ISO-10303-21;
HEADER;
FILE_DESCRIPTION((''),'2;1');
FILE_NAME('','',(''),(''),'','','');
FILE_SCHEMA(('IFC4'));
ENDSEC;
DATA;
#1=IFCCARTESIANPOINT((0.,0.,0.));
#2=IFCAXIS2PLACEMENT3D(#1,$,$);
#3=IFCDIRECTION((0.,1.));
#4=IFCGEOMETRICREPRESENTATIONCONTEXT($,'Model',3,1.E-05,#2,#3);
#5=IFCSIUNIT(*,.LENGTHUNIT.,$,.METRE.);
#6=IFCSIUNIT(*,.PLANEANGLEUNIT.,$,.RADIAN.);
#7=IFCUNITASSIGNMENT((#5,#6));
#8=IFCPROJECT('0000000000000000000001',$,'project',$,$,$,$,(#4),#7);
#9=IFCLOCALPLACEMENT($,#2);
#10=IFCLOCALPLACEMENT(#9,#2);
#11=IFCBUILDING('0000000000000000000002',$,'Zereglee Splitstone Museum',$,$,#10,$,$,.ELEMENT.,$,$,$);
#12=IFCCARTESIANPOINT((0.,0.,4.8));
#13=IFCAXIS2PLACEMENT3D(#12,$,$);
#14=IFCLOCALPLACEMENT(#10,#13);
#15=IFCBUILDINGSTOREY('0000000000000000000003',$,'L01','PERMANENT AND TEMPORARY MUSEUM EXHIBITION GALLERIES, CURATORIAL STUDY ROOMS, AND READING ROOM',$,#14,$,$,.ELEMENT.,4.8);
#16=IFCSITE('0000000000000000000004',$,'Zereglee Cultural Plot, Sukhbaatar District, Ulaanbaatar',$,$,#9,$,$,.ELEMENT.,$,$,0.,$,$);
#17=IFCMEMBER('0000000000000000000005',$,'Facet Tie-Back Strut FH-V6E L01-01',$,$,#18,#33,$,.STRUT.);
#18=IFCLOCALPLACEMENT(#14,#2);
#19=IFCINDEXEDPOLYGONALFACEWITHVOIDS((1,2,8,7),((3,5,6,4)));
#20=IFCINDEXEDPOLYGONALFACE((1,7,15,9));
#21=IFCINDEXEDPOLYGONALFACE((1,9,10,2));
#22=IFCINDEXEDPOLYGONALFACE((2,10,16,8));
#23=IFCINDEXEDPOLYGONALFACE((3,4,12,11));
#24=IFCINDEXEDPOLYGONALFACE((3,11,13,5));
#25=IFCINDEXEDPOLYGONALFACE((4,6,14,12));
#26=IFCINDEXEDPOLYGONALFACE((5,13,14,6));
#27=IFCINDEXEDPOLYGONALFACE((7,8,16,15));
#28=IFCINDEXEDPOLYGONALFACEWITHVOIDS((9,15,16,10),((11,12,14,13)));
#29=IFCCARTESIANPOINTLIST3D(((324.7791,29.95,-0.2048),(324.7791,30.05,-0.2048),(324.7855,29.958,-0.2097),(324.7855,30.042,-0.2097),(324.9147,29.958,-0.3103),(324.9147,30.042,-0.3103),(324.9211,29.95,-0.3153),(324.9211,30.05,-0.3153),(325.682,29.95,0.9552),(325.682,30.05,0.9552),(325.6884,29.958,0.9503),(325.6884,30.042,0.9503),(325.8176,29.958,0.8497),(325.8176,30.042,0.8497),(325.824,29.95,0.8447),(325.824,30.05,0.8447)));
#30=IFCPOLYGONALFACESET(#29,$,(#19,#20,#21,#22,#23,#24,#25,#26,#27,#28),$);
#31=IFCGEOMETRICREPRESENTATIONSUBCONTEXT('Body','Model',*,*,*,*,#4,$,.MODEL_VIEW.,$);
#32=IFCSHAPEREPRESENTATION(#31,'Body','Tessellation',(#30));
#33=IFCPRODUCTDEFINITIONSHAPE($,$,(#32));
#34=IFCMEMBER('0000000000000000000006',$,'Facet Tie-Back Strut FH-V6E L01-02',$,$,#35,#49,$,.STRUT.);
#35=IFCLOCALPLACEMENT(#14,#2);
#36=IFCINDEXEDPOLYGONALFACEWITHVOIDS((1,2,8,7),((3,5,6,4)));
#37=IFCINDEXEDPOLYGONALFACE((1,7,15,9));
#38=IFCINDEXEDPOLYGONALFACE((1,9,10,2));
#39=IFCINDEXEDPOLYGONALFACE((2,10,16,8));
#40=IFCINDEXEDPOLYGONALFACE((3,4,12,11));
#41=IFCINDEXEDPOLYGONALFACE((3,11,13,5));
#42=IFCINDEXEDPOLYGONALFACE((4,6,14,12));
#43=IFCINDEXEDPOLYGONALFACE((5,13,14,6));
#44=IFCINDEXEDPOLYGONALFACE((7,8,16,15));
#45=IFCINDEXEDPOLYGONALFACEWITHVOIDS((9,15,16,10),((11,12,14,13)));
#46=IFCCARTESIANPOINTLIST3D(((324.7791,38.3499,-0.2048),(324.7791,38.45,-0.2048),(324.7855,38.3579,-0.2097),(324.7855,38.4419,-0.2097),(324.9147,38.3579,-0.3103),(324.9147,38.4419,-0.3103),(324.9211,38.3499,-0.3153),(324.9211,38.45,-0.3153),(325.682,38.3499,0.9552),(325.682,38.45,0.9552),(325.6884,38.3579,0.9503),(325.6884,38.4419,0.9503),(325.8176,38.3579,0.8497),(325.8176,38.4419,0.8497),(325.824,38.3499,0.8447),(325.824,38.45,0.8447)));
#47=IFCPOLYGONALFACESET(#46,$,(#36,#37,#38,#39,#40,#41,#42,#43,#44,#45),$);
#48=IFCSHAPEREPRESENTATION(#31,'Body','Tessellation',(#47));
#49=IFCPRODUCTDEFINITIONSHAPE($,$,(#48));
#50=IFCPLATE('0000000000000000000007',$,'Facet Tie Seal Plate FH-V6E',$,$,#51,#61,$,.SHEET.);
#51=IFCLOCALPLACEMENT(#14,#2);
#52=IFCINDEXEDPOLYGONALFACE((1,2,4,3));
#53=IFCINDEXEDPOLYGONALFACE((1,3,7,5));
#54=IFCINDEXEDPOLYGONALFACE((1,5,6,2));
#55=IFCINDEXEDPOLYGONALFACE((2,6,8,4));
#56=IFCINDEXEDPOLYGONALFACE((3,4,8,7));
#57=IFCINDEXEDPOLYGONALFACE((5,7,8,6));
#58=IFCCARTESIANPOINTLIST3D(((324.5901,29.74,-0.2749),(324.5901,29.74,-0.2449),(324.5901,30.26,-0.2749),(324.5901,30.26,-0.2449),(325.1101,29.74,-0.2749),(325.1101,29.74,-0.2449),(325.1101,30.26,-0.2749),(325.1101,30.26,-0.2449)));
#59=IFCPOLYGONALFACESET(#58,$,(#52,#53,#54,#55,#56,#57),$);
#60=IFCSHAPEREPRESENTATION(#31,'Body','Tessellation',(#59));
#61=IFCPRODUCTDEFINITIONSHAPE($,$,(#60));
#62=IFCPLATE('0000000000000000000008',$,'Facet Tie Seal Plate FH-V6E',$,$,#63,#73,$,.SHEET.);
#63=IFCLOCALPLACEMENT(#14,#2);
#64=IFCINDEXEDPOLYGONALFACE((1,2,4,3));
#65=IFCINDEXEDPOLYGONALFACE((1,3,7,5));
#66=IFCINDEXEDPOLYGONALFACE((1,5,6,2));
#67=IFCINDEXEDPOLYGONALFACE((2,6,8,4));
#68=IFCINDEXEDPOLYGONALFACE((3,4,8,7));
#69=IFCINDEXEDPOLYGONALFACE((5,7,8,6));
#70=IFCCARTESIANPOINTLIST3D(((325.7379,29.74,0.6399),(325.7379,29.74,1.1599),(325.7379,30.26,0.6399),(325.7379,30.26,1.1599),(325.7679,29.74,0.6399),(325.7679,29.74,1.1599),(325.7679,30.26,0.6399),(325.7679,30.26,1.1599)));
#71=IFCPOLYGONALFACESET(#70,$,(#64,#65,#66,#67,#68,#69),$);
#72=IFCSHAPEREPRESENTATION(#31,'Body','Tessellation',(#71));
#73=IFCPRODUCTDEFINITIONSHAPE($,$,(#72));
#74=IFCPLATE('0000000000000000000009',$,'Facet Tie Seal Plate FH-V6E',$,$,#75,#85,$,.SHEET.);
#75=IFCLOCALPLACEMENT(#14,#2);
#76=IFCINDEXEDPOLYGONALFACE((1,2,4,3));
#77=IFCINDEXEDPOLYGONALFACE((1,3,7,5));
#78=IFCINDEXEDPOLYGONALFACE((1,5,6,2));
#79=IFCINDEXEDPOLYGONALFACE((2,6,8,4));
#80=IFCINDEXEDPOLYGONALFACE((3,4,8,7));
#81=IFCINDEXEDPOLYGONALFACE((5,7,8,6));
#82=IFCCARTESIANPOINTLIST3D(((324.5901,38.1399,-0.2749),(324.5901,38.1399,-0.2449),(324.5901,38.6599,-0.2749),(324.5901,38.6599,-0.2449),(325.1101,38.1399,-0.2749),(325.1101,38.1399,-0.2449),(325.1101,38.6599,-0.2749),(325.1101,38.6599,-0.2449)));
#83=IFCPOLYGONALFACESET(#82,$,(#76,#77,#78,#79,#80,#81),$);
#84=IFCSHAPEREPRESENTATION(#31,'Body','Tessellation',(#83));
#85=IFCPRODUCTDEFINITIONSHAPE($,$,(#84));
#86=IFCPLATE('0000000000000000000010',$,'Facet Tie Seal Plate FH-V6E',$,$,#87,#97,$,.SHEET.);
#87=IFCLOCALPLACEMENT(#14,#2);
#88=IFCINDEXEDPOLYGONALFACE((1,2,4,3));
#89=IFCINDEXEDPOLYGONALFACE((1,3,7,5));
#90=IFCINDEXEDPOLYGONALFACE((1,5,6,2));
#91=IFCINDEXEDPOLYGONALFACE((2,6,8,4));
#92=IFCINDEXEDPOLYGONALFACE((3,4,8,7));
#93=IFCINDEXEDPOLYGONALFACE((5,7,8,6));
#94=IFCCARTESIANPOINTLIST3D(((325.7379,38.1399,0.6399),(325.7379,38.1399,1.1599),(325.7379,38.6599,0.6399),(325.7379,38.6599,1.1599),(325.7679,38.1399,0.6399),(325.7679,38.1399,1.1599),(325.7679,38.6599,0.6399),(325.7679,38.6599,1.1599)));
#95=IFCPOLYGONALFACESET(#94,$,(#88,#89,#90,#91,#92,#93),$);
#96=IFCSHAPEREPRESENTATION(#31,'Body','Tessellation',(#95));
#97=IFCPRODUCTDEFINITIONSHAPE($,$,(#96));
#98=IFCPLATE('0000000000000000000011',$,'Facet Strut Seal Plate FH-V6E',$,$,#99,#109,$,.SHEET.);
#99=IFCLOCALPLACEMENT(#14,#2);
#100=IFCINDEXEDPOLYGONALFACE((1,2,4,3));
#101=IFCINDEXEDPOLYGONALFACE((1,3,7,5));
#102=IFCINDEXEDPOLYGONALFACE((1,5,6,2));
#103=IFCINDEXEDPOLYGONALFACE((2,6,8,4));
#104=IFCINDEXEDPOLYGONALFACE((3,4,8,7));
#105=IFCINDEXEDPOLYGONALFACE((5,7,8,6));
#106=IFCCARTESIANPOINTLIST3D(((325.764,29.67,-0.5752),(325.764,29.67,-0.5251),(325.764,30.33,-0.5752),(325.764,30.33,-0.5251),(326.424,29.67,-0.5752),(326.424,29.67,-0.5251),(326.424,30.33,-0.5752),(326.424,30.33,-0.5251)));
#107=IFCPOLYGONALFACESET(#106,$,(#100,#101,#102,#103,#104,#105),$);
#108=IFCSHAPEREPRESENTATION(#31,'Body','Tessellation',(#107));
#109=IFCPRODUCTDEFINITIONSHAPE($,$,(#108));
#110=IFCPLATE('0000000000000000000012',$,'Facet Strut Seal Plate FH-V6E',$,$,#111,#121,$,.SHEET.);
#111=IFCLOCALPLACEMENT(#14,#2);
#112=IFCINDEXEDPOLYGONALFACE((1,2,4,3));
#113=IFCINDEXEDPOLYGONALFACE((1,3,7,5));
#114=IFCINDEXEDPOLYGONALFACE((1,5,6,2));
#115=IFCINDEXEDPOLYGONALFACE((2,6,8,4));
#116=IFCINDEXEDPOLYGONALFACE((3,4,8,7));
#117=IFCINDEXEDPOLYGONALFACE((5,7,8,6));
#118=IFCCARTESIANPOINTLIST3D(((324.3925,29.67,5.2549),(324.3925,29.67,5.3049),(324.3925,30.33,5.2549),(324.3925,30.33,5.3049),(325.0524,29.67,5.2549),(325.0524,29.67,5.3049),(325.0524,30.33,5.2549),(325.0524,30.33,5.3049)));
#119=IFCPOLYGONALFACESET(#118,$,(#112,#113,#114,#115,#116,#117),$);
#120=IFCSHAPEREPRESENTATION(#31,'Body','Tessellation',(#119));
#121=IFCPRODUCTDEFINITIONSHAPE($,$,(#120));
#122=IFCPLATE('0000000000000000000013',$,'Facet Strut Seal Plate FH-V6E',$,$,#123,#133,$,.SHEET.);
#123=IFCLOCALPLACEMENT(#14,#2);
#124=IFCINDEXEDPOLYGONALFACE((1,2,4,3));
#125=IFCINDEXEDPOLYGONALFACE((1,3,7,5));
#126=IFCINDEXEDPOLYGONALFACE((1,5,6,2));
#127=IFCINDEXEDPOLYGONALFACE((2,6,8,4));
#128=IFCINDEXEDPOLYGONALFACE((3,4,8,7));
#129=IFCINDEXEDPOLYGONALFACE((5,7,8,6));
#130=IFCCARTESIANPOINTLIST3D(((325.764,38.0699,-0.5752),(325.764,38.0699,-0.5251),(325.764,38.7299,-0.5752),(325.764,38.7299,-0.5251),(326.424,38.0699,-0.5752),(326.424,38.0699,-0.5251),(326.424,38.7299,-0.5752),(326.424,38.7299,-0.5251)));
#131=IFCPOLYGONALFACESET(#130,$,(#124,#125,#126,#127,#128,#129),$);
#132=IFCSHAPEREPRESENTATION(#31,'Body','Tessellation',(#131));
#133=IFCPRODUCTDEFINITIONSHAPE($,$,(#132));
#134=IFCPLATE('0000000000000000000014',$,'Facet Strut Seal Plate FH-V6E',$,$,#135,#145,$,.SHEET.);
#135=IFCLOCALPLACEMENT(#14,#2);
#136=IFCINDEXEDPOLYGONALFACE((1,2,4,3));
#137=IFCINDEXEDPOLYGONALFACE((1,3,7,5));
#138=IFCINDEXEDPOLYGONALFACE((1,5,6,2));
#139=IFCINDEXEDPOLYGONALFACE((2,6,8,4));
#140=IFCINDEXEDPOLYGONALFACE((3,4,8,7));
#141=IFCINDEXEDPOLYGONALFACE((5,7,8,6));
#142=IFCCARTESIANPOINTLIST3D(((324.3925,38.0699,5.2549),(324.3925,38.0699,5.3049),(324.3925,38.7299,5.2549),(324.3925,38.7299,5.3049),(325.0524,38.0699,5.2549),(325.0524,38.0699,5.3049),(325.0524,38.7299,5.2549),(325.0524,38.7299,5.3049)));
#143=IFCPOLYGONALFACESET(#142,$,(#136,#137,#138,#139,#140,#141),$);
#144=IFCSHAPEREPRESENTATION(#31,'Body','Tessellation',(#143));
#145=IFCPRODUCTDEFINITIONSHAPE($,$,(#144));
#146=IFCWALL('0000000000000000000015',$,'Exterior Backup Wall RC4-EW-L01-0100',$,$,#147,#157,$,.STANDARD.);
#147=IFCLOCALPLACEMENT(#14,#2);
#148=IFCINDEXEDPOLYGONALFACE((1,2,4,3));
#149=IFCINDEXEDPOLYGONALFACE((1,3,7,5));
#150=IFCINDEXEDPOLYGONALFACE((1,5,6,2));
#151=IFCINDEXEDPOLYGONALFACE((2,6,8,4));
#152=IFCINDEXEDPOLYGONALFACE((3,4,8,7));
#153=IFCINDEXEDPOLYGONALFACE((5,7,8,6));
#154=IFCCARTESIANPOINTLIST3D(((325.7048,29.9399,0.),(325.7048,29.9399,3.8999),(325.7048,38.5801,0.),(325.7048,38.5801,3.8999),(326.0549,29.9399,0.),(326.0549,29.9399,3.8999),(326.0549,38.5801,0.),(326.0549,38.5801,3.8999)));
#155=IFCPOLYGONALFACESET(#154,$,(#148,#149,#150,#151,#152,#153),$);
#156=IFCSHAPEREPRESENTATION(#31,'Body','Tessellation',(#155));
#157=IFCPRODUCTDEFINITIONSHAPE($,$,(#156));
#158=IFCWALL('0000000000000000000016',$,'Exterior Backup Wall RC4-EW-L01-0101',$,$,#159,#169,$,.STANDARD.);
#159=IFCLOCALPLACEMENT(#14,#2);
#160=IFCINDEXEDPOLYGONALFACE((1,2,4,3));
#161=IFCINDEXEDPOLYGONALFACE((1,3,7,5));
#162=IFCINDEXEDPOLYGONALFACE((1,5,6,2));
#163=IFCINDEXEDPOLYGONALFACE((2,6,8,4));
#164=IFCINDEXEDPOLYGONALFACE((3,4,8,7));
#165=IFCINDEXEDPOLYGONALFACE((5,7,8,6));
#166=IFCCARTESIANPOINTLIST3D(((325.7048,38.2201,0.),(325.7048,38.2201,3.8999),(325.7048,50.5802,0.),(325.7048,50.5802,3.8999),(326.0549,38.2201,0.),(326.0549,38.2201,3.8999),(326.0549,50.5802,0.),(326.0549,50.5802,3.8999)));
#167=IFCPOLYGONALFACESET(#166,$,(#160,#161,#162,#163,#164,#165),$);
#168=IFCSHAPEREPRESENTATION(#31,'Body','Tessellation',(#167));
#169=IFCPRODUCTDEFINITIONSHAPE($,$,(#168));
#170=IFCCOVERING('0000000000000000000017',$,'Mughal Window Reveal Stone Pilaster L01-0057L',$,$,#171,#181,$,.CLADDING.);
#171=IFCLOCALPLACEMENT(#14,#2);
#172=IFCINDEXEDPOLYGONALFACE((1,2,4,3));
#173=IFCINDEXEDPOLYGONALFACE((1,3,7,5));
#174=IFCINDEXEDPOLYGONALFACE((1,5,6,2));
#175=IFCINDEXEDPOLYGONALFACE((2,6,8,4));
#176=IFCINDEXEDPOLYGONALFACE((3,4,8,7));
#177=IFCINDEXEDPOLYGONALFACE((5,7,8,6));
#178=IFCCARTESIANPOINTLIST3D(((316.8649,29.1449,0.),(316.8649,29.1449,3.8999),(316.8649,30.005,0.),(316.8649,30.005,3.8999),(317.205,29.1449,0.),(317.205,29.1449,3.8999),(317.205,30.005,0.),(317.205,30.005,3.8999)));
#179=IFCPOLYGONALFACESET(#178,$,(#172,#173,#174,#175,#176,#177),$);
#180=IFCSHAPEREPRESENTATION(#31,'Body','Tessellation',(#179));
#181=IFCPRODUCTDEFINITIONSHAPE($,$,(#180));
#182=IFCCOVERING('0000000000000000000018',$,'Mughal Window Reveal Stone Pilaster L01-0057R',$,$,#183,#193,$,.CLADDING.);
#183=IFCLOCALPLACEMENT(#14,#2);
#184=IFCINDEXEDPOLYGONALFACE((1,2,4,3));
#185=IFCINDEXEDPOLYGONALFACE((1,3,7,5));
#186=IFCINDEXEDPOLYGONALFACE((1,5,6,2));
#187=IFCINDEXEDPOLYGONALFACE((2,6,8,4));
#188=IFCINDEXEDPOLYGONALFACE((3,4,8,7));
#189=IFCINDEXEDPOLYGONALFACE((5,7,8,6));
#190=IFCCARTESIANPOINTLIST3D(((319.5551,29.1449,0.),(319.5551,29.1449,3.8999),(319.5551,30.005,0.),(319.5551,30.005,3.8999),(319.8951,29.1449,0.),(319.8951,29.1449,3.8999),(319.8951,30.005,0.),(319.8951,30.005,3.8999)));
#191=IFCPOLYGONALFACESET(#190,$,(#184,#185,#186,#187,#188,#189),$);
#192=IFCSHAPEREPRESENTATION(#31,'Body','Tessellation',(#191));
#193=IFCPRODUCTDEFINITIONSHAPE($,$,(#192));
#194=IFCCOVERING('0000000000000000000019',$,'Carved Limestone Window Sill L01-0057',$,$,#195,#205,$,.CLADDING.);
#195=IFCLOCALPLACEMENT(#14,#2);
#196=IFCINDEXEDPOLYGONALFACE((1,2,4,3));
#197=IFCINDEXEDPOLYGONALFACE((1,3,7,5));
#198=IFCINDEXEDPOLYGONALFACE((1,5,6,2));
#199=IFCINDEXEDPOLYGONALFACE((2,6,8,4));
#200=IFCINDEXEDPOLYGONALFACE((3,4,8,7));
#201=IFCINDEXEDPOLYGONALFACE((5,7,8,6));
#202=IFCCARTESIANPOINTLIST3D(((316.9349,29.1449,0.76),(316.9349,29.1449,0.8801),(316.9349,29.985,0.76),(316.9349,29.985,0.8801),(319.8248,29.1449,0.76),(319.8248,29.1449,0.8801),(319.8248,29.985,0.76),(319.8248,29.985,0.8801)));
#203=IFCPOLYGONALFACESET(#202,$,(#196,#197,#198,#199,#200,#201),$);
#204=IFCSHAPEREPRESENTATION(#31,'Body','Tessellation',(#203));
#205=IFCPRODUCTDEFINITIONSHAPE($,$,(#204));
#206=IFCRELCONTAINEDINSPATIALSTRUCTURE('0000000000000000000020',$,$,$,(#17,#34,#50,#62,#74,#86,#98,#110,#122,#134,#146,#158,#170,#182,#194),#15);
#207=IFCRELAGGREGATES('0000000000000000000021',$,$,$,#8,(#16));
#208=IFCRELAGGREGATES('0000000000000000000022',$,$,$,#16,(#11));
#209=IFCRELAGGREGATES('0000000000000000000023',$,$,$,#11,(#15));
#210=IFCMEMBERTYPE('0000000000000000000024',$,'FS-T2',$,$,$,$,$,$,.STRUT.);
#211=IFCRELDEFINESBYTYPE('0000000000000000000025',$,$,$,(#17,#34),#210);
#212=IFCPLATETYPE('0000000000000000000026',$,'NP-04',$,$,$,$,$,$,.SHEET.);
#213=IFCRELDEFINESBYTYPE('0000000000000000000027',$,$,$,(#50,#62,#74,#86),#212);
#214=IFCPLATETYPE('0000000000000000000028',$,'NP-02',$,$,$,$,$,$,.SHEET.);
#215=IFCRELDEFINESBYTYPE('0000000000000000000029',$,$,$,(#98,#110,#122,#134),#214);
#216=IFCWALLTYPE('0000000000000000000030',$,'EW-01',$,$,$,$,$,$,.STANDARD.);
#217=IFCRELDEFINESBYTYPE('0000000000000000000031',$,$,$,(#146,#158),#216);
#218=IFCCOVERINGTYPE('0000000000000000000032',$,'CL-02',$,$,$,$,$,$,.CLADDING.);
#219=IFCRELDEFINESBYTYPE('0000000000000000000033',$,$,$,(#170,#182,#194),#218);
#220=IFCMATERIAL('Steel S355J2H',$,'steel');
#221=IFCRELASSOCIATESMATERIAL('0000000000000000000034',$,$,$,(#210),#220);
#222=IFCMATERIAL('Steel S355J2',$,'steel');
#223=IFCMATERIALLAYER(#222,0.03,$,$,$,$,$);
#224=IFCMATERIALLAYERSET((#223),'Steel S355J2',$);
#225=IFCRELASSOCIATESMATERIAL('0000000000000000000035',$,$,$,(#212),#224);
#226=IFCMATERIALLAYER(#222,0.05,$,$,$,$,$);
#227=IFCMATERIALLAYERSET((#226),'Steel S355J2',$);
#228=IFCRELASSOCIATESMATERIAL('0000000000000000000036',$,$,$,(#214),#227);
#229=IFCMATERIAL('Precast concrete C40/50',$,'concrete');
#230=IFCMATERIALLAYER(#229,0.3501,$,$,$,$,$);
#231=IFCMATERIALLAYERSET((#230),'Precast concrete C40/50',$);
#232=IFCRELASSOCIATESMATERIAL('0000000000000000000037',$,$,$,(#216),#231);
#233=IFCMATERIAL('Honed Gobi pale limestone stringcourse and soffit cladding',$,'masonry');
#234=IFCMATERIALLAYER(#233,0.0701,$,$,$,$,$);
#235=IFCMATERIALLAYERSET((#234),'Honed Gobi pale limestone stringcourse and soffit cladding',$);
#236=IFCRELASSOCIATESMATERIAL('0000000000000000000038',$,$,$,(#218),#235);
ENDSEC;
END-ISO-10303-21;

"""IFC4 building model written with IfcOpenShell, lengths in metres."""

from ifc_helpers import new_model, si_unit, direction, frame, frame_2d, origin, origin_2d, place, context, subcontext, project, spatial, rectangle, hollow_rectangle, extrude, material, layer, layer_set, material_profile, profile_set, type_object, element, save


model = new_model("IFC4")

# Units and contexts
model_context = context("Model", 3, precision=1e-05, world=origin(), true_north=direction((0.0, 1.0)))
body_context = subcontext(model_context, "Body", "Model", "MODEL_VIEW")
ifc_project = project(units=[si_unit("LENGTHUNIT", "METRE"), si_unit("PLANEANGLEUNIT", "RADIAN")], contexts=[model_context])

# Site, building, storey
site_placement = place(None, origin())
site = spatial("IfcSite", under=ifc_project, at=site_placement, Name="Zereglee Cultural Plot, Sukhbaatar District, Ulaanbaatar", CompositionType="ELEMENT", RefElevation=0.0)
building_placement = place(site_placement, origin())
building = spatial("IfcBuilding", under=site, at=building_placement, Name="Zereglee Splitstone Museum", CompositionType="ELEMENT")
storey_placement = place(building_placement, frame((0.0, 0.0, 4.8)))
storey = spatial("IfcBuildingStorey", under=building, at=storey_placement, Name="L01", Description="PERMANENT AND TEMPORARY MUSEUM EXHIBITION GALLERIES, CURATORIAL STUDY ROOMS, AND READING ROOM", CompositionType="ELEMENT", Elevation=4.8)

# Shared definitions
ifc_material_1 = material(Name="Steel S355J2", Category="steel")

# Members
ifc_material_2 = material(Name="Steel S355J2H", Category="steel")
ifc_material_profile_1 = material_profile(ifc_material_2, hollow_rectangle(XDim=0.1001, YDim=0.1799, WallThickness=0.0081, at=origin_2d()), Name="RHS 180x100x8")
ifc_profile_set_1 = profile_set([ifc_material_profile_1], Name="Steel S355J2H")
member_type_1 = type_object("IfcMemberType", Name="FS-T2", PredefinedType="STRUT", material=ifc_profile_set_1)
for number, where, z_axis, x_axis, name in (
    (1, (324.8501, 30.0, -0.26), (0.614228, 0.0, 0.789129), (0.0, 1.0, 0.0), "Facet Tie-Back Strut FH-V6E L01-01"),
    (2, (324.8501, 38.3999, -0.26), (0.614228, 0.0, 0.789129), (0.0, 1.0, 0.0), "Facet Tie-Back Strut FH-V6E L01-02"),
):
    element("IfcMember", number, at=place(storey_placement, frame(where, z_axis=z_axis, x_axis=x_axis)), inside=storey, type_object=member_type_1, Name=name, PredefinedType="STRUT", context=body_context, shape_type="SweptSolid", body=[
        extrude(hollow_rectangle(XDim=0.1001, YDim=0.1799, WallThickness=0.0081, at=origin_2d()), origin(), (0.0, 0.0, 1.0), 1.47),
    ])

# Plates
ifc_layer_1 = layer(ifc_material_1, 0.03)
ifc_layer_set_1 = layer_set([ifc_layer_1], Name="Steel S355J2")
plate_type_1 = type_object("IfcPlateType", Name="NP-04", PredefinedType="SHEET", material=ifc_layer_set_1)
plate_1_placement = place(storey_placement, frame((324.8501, 30.0, -0.2749), z_axis=(0.0, 0.0, 1.0), x_axis=(1.0, 0.0, 0.0)))
element("IfcPlate", 3, at=plate_1_placement, inside=storey, type_object=plate_type_1, Name="Facet Tie Seal Plate FH-V6E", PredefinedType="SHEET", context=body_context, shape_type="SweptSolid", body=[
    extrude(rectangle(XDim=0.52, YDim=0.52, at=origin_2d()), origin(), (0.0, 0.0, 1.0), 0.03),
])
plate_2_placement = place(storey_placement, frame((325.7529, 30.0, 0.6399), z_axis=(0.0, 0.0, 1.0), x_axis=(1.0, 0.0, 0.0)))
element("IfcPlate", 4, at=plate_2_placement, inside=storey, type_object=plate_type_1, Name="Facet Tie Seal Plate FH-V6E", PredefinedType="SHEET", context=body_context, shape_type="SweptSolid", body=[
    extrude(rectangle(XDim=0.03, YDim=0.52, at=origin_2d()), origin(), (0.0, 0.0, 1.0), 0.52),
])
plate_3_placement = place(storey_placement, frame((324.8501, 38.3999, -0.2749), z_axis=(0.0, 0.0, 1.0), x_axis=(1.0, 0.0, 0.0)))
element("IfcPlate", 5, at=plate_3_placement, inside=storey, type_object=plate_type_1, Name="Facet Tie Seal Plate FH-V6E", PredefinedType="SHEET", context=body_context, shape_type="SweptSolid", body=[
    extrude(rectangle(XDim=0.52, YDim=0.52, at=origin_2d()), origin(), (0.0, 0.0, 1.0), 0.03),
])
plate_4_placement = place(storey_placement, frame((325.7529, 38.3999, 0.6399), z_axis=(0.0, 0.0, 1.0), x_axis=(1.0, 0.0, 0.0)))
element("IfcPlate", 6, at=plate_4_placement, inside=storey, type_object=plate_type_1, Name="Facet Tie Seal Plate FH-V6E", PredefinedType="SHEET", context=body_context, shape_type="SweptSolid", body=[
    extrude(rectangle(XDim=0.03, YDim=0.52, at=origin_2d()), origin(), (0.0, 0.0, 1.0), 0.52),
])
ifc_layer_2 = layer(ifc_material_1, 0.05)
ifc_layer_set_2 = layer_set([ifc_layer_2], Name="Steel S355J2")
plate_type_2 = type_object("IfcPlateType", Name="NP-02", PredefinedType="SHEET", material=ifc_layer_set_2)
for number, where, z_axis, x_axis, name in (
    (7, (326.094, 30.0, -0.5752), (0.0, 0.0, 1.0), (1.0, 0.0, 0.0), "Facet Strut Seal Plate FH-V6E"),
    (8, (324.7224, 30.0, 5.2549), (0.0, 0.0, 1.0), (1.0, 0.0, 0.0), "Facet Strut Seal Plate FH-V6E"),
    (9, (326.094, 38.3999, -0.5752), (0.0, 0.0, 1.0), (1.0, 0.0, 0.0), "Facet Strut Seal Plate FH-V6E"),
    (10, (324.7224, 38.3999, 5.2549), (0.0, 0.0, 1.0), (1.0, 0.0, 0.0), "Facet Strut Seal Plate FH-V6E"),
):
    element("IfcPlate", number, at=place(storey_placement, frame(where, z_axis=z_axis, x_axis=x_axis)), inside=storey, type_object=plate_type_2, Name=name, PredefinedType="SHEET", context=body_context, shape_type="SweptSolid", body=[
        extrude(rectangle(XDim=0.6599, YDim=0.6599, at=origin_2d()), origin(), (0.0, 0.0, 1.0), 0.05),
    ])

# Walls
ifc_material_3 = material(Name="Precast concrete C40/50", Category="concrete")
ifc_layer_3 = layer(ifc_material_3, 0.3501)
ifc_layer_set_3 = layer_set([ifc_layer_3], Name="Precast concrete C40/50")
wall_type = type_object("IfcWallType", Name="EW-01", PredefinedType="STANDARD", material=ifc_layer_set_3)
wall_1_placement = place(storey_placement, frame((325.8799, 29.9399, 0.0), z_axis=(0.0, 0.0, 1.0), x_axis=(0.0, 1.0, 0.0)))
element("IfcWall", 11, at=wall_1_placement, inside=storey, type_object=wall_type, Name="Exterior Backup Wall RC4-EW-L01-0100", PredefinedType="STANDARD", context=body_context, shape_type="SweptSolid", body=[
    extrude(rectangle(XDim=8.6401, YDim=0.3501, at=frame_2d((4.3201, 0.0))), origin(), (0.0, 0.0, 1.0), 3.8999),
])
wall_2_placement = place(storey_placement, frame((325.8799, 38.22, 0.0), z_axis=(0.0, 0.0, 1.0), x_axis=(0.0, 1.0, 0.0)))
element("IfcWall", 12, at=wall_2_placement, inside=storey, type_object=wall_type, Name="Exterior Backup Wall RC4-EW-L01-0101", PredefinedType="STANDARD", context=body_context, shape_type="SweptSolid", body=[
    extrude(rectangle(XDim=12.3601, YDim=0.3501, at=frame_2d((6.1802, 0.0))), origin(), (0.0, 0.0, 1.0), 3.8999),
])

# Coverings
ifc_material_4 = material(Name="Honed Gobi pale limestone stringcourse and soffit cladding", Category="masonry")
ifc_layer_4 = layer(ifc_material_4, 0.0701)
ifc_layer_set_4 = layer_set([ifc_layer_4], Name="Honed Gobi pale limestone stringcourse and soffit cladding")
covering_type_1 = type_object("IfcCoveringType", Name="CL-02", PredefinedType="CLADDING", material=ifc_layer_set_4)
for number, where, z_axis, x_axis, name in (
    (13, (317.0349, 29.575, 0.0), (0.0, 0.0, 1.0), (1.0, 0.0, 0.0), "Mughal Window Reveal Stone Pilaster L01-0057L"),
    (14, (319.7251, 29.575, 0.0), (0.0, 0.0, 1.0), (1.0, 0.0, 0.0), "Mughal Window Reveal Stone Pilaster L01-0057R"),
):
    element("IfcCovering", number, at=place(storey_placement, frame(where, z_axis=z_axis, x_axis=x_axis)), inside=storey, type_object=covering_type_1, Name=name, PredefinedType="CLADDING", context=body_context, shape_type="SweptSolid", body=[
        extrude(rectangle(XDim=0.3401, YDim=0.8601, at=origin_2d()), origin(), (0.0, 0.0, 1.0), 3.8999),
    ])
covering_1_placement = place(storey_placement, frame((318.3799, 29.5649, 0.76), z_axis=(0.0, 0.0, 1.0), x_axis=(1.0, 0.0, 0.0)))
element("IfcCovering", 15, at=covering_1_placement, inside=storey, type_object=covering_type_1, Name="Carved Limestone Window Sill L01-0057", PredefinedType="CLADDING", context=body_context, shape_type="SweptSolid", body=[
    extrude(rectangle(XDim=2.8899, YDim=0.8401, at=origin_2d()), origin(), (0.0, 0.0, 1.0), 0.1201),
])

save(model, "model.ifc")
